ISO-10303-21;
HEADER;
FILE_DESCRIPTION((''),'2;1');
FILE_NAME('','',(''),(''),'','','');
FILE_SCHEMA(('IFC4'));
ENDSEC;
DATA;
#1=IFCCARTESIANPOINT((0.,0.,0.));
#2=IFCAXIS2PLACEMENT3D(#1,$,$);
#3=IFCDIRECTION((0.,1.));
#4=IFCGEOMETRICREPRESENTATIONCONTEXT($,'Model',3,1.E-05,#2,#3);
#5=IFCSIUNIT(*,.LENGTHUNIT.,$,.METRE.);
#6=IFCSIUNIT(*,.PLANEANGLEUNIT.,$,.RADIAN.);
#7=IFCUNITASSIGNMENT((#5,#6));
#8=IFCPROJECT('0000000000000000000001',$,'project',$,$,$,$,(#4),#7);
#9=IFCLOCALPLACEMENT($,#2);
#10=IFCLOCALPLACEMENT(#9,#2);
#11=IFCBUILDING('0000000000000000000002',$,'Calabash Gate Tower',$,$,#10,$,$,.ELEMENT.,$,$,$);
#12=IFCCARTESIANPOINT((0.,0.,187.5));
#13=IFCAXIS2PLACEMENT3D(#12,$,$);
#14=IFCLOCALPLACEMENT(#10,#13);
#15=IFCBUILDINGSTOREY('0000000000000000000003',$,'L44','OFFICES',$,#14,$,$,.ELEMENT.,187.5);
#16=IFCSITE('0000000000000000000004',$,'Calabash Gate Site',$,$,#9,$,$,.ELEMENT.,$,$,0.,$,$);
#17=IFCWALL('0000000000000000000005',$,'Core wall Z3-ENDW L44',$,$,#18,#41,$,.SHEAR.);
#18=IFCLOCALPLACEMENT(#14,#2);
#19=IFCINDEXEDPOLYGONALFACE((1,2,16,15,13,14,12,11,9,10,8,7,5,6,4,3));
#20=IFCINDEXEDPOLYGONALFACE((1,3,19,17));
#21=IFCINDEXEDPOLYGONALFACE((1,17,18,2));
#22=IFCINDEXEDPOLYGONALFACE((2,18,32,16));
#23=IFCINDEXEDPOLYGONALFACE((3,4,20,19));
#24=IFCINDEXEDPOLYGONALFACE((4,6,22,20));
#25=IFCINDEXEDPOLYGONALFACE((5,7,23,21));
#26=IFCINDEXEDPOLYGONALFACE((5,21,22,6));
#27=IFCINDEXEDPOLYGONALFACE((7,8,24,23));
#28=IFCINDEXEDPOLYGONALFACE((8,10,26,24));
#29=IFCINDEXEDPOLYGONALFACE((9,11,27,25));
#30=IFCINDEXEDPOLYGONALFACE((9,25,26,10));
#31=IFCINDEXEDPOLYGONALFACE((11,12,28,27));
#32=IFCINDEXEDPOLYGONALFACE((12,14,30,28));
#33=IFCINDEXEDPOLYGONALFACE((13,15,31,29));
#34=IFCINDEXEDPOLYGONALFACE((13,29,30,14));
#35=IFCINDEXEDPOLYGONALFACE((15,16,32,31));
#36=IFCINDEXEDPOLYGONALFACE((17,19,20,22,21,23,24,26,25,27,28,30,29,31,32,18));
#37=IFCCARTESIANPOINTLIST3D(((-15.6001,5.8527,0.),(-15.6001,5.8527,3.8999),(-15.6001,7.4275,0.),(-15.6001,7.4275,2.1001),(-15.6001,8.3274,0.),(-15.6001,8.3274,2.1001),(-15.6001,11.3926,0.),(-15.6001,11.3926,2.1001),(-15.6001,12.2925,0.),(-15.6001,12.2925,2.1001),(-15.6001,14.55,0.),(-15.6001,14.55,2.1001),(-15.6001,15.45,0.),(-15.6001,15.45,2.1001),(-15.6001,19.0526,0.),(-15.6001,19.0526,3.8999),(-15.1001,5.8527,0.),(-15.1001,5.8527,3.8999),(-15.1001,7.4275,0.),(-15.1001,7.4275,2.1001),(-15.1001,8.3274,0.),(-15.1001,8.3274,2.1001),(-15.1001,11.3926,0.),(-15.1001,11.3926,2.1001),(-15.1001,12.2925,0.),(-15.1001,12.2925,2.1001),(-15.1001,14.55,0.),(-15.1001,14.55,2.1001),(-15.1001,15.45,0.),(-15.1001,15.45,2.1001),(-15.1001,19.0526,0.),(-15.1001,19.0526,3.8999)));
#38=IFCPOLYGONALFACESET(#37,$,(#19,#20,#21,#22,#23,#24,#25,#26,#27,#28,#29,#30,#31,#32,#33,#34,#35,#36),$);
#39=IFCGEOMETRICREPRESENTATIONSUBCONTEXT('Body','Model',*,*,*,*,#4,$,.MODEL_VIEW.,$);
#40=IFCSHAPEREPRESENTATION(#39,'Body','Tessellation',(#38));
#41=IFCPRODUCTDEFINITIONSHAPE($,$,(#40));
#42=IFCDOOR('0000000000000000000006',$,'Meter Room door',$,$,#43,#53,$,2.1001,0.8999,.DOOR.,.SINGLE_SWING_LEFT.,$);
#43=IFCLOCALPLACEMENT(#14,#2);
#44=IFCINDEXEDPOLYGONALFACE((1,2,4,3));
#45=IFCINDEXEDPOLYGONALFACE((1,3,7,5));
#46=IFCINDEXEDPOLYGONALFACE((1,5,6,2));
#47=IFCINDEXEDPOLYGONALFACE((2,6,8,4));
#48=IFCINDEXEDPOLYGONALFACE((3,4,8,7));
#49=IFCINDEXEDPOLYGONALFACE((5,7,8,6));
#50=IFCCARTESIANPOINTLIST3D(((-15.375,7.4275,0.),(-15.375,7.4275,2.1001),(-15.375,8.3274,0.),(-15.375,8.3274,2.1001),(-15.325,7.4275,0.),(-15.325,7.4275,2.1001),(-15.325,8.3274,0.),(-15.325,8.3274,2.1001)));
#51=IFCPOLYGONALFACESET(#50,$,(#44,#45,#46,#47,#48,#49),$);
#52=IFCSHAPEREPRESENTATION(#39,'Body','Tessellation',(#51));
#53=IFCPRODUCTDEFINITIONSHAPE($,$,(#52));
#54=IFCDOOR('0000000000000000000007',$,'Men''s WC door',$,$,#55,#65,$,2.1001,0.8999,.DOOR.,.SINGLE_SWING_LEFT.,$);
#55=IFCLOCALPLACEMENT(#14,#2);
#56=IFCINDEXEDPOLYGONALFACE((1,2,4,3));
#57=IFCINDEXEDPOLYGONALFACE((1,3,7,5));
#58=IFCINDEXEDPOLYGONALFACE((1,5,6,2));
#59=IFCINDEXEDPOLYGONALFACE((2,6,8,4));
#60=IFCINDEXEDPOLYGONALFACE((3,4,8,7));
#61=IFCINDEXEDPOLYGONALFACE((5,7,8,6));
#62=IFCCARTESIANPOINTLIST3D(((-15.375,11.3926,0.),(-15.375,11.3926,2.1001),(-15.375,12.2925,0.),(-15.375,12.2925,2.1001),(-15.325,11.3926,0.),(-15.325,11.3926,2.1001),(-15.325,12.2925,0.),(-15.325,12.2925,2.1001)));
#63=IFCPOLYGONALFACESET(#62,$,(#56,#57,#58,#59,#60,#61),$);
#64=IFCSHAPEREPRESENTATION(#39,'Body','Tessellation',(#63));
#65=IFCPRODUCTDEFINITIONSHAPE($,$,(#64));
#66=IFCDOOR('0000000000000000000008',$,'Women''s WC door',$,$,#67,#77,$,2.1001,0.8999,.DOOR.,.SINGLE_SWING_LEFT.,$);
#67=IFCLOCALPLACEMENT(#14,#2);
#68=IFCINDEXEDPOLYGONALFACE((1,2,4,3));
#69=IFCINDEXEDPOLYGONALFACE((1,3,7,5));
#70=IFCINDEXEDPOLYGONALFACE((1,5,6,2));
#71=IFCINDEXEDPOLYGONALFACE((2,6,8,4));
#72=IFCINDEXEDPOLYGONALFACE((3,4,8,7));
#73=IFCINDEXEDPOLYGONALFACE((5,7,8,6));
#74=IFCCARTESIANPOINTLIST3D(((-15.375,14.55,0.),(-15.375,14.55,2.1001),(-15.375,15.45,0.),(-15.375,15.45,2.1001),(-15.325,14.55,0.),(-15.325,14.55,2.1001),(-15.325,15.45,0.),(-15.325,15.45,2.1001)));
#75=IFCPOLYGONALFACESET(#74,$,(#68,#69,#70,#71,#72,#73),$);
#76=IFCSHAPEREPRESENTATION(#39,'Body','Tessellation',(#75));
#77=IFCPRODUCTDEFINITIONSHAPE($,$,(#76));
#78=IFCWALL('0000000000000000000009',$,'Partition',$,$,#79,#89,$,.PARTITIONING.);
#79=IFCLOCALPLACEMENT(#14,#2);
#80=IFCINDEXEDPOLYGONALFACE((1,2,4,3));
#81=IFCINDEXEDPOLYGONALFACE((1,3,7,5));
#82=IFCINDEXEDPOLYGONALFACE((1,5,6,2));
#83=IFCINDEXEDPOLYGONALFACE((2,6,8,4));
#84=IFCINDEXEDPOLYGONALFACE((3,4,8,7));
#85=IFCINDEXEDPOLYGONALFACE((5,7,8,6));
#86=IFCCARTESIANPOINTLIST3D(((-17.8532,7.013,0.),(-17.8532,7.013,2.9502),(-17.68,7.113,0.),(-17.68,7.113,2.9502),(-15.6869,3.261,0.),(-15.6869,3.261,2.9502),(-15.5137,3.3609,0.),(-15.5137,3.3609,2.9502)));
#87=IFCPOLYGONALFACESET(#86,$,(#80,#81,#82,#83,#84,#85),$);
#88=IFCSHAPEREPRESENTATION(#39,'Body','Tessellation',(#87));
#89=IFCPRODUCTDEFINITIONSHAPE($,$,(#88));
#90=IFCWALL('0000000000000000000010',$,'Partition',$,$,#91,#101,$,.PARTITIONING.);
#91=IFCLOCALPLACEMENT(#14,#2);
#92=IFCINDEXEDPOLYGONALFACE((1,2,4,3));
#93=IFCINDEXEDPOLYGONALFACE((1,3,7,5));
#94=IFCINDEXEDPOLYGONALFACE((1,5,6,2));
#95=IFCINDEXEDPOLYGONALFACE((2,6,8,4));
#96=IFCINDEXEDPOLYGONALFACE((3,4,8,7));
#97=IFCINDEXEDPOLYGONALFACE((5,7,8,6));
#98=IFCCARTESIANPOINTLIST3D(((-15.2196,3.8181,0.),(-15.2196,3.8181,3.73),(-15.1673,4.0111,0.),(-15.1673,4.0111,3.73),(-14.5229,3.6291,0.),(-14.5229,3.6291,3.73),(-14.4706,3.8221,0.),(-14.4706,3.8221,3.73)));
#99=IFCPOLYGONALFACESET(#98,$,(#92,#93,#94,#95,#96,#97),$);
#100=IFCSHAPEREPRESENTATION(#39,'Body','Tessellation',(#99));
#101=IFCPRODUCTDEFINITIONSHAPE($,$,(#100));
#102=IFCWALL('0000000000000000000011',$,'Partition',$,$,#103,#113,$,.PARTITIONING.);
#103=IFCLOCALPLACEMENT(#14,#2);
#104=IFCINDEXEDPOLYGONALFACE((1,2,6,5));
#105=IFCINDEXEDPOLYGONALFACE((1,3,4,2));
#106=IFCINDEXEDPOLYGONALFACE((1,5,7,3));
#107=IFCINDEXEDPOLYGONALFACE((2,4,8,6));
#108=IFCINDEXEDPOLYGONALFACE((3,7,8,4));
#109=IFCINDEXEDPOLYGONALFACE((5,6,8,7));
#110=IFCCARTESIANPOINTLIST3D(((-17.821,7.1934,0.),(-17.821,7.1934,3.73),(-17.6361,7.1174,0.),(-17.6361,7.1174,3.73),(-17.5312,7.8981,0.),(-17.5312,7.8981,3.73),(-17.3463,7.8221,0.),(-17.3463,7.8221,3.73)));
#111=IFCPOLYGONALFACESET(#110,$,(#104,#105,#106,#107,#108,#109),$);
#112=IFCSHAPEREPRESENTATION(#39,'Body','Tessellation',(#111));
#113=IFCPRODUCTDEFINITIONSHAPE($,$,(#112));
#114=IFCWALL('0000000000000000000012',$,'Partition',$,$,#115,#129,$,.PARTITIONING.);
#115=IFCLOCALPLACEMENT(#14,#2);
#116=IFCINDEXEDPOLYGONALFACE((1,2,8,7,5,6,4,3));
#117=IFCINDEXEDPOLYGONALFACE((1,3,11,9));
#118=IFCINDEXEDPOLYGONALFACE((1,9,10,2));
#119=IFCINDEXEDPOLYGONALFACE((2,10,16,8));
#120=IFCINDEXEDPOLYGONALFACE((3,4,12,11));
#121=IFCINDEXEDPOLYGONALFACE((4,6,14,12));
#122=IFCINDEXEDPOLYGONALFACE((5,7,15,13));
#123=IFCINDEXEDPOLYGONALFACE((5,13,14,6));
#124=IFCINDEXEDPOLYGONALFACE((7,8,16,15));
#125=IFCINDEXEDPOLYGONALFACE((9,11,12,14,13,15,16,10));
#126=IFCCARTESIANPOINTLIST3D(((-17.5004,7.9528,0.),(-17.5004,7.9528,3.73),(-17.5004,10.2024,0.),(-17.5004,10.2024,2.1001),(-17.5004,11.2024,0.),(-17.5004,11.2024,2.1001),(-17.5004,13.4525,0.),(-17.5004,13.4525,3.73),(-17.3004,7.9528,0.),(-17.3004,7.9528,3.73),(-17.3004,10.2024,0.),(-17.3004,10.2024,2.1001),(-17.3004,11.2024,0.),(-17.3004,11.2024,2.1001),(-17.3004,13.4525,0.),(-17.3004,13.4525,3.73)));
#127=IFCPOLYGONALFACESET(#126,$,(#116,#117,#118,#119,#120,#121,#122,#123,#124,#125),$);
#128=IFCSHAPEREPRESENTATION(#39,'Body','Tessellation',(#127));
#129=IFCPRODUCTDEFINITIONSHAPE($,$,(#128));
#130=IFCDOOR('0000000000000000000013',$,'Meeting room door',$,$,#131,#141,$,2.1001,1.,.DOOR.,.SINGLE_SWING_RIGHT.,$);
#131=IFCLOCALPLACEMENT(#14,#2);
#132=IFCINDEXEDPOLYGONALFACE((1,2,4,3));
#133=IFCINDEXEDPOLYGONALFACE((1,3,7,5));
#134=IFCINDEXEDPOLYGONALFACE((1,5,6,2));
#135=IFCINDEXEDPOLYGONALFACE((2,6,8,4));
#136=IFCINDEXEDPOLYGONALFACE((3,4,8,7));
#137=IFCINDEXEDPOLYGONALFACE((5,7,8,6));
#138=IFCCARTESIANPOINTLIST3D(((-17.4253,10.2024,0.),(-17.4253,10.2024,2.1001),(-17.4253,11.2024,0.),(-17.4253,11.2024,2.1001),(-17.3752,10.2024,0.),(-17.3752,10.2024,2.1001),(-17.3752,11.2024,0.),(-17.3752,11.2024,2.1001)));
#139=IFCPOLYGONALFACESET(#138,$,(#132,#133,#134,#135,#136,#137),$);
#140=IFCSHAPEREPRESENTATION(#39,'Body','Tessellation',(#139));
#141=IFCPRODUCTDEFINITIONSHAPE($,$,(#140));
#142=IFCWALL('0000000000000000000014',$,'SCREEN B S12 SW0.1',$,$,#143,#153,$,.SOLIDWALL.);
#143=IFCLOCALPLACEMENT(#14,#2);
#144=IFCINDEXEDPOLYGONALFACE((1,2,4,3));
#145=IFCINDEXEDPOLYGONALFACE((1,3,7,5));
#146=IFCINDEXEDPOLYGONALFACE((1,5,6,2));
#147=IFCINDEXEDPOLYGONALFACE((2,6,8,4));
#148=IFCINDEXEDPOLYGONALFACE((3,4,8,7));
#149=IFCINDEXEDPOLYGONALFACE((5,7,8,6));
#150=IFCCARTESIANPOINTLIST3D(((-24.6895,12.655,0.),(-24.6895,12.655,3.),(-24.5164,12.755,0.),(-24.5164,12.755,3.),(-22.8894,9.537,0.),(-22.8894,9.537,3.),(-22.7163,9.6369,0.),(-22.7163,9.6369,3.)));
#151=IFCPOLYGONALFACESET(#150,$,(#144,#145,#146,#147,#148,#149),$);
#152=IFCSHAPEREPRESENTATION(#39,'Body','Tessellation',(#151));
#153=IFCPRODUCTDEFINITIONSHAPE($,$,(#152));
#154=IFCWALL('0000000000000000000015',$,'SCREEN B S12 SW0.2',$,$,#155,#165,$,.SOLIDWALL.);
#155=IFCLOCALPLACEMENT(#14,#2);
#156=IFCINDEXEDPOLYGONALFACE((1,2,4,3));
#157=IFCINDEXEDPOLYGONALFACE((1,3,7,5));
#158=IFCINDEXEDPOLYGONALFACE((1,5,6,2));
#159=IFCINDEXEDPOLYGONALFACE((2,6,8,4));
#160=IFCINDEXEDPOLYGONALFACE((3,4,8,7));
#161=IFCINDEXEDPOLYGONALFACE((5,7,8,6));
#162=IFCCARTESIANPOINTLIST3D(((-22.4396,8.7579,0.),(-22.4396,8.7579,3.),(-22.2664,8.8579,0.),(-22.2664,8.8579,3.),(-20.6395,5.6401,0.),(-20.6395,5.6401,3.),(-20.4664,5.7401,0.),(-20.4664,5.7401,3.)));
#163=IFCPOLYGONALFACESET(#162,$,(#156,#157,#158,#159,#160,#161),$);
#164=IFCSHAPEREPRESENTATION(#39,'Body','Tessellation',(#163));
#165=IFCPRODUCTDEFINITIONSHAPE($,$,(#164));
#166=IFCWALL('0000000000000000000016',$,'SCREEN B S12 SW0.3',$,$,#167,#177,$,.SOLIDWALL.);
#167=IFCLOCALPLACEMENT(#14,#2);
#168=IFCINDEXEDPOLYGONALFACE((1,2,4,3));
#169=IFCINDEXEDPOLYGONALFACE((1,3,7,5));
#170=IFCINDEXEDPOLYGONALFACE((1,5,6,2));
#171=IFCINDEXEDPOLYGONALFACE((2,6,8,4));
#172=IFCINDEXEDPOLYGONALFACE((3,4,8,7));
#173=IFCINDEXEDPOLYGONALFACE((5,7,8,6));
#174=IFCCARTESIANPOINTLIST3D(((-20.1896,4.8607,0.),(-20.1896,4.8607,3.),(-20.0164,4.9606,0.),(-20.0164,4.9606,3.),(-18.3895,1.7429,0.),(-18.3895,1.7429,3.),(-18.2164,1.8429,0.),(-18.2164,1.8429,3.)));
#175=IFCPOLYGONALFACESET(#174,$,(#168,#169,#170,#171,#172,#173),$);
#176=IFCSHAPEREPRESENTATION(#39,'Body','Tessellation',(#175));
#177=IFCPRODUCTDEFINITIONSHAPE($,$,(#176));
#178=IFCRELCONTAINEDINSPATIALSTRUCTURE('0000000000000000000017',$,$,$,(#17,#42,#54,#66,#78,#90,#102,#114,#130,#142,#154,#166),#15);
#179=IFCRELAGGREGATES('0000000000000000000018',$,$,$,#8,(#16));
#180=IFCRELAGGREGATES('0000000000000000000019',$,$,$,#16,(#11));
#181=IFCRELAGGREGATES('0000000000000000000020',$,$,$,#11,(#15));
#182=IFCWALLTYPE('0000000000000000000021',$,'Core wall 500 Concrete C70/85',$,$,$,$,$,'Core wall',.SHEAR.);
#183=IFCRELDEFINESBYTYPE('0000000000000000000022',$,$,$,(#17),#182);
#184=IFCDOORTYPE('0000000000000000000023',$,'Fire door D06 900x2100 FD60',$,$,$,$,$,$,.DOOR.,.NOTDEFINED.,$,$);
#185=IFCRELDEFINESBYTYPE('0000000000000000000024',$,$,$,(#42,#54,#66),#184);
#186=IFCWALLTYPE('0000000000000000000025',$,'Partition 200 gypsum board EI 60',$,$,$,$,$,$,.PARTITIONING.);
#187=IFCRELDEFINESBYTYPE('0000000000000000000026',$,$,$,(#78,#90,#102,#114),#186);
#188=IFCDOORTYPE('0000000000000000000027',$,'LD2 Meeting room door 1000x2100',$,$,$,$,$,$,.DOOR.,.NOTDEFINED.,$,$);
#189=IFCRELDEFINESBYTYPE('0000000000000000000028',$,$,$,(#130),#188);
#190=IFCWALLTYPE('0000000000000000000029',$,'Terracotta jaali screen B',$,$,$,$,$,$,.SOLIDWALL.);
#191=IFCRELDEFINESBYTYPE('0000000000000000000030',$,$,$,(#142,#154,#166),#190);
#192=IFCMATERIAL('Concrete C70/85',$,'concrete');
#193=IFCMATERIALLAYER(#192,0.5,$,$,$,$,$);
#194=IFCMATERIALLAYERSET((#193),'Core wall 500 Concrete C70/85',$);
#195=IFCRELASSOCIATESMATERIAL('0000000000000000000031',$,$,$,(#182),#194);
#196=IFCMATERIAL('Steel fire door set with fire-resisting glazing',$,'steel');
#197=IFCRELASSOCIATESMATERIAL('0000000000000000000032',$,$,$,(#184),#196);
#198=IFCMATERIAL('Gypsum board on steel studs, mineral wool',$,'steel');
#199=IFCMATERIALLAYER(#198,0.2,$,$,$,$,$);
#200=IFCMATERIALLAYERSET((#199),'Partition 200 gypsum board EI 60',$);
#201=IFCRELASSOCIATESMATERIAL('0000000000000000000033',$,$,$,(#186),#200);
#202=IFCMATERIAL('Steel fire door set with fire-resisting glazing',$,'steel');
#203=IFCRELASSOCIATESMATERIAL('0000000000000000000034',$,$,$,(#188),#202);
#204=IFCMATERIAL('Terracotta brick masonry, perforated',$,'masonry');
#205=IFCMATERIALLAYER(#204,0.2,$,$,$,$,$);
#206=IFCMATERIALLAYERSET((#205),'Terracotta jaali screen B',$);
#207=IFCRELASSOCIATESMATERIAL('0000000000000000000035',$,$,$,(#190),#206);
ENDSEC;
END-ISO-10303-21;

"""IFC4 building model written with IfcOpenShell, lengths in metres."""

from ifc_helpers import new_model, si_unit, direction, frame, frame_2d, origin, place, context, subcontext, project, spatial, rectangle, extrude, material, layer, layer_set, type_object, element, fill, save


model = new_model("IFC4")

# Units and contexts
model_context = context("Model", 3, precision=1e-05, world=origin(), true_north=direction((0.0, 1.0)))
body_context = subcontext(model_context, "Body", "Model", "MODEL_VIEW")
ifc_project = project(units=[si_unit("LENGTHUNIT", "METRE"), si_unit("PLANEANGLEUNIT", "RADIAN")], contexts=[model_context])

# Site, building, storey
site_placement = place(None, origin())
site = spatial("IfcSite", under=ifc_project, at=site_placement, Name="Calabash Gate Site", CompositionType="ELEMENT", RefElevation=0.0)
building_placement = place(site_placement, origin())
building = spatial("IfcBuilding", under=site, at=building_placement, Name="Calabash Gate Tower", CompositionType="ELEMENT")
storey_placement = place(building_placement, frame((0.0, 0.0, 187.5)))
storey = spatial("IfcBuildingStorey", under=building, at=storey_placement, Name="L44", Description="OFFICES", CompositionType="ELEMENT", Elevation=187.5)

# Wall, openings, doors
ifc_material_1 = material(Name="Concrete C70/85", Category="concrete")
ifc_layer_1 = layer(ifc_material_1, 0.5)
ifc_layer_set_1 = layer_set([ifc_layer_1], Name="Core wall 500 Concrete C70/85")
wall_type_1 = type_object("IfcWallType", Name="Core wall 500 Concrete C70/85", ElementType="Core wall", PredefinedType="SHEAR", material=ifc_layer_set_1)
wall_1_placement = place(storey_placement, frame((-15.3501, 5.8525, 0.0), z_axis=(0.0, 0.0, 1.0), x_axis=(0.0, 1.0, 0.0)))
wall_1 = element("IfcWall", 1, at=wall_1_placement, inside=storey, type_object=wall_type_1, Name="Core wall Z3-ENDW L44", PredefinedType="SHEAR", context=body_context, shape_type="SweptSolid", body=[
    extrude(rectangle(XDim=13.2, YDim=0.5, at=frame_2d((6.6001, 0.0))), origin(), (0.0, 0.0, 1.0), 3.8999),
])
opening_1_placement = place(wall_1_placement, frame((1.575, 0.0, 0.0)))
opening_1 = element("IfcOpeningElement", 2, at=opening_1_placement, cuts=wall_1, PredefinedType="OPENING", context=body_context, shape_type="SweptSolid", body=[
    extrude(rectangle(XDim=0.8999, YDim=2.1001, at=frame_2d((0.45, 1.05))), frame((0.0, 0.26, 0.0), z_axis=(0.0, -1.0, 0.0), x_axis=(1.0, 0.0, 0.0)), (0.0, 0.0, 1.0), 0.52),
])
opening_2_placement = place(wall_1_placement, frame((5.54, 0.0, 0.0)))
opening_2 = element("IfcOpeningElement", 3, at=opening_2_placement, cuts=wall_1, PredefinedType="OPENING", context=body_context, shape_type="SweptSolid", body=[
    extrude(rectangle(XDim=0.8999, YDim=2.1001, at=frame_2d((0.45, 1.05))), frame((0.0, 0.26, 0.0), z_axis=(0.0, -1.0, 0.0), x_axis=(1.0, 0.0, 0.0)), (0.0, 0.0, 1.0), 0.52),
])
opening_3_placement = place(wall_1_placement, frame((8.6975, 0.0, 0.0)))
opening_3 = element("IfcOpeningElement", 4, at=opening_3_placement, cuts=wall_1, PredefinedType="OPENING", context=body_context, shape_type="SweptSolid", body=[
    extrude(rectangle(XDim=0.8999, YDim=2.1001, at=frame_2d((0.45, 1.05))), frame((0.0, 0.26, 0.0), z_axis=(0.0, -1.0, 0.0), x_axis=(1.0, 0.0, 0.0)), (0.0, 0.0, 1.0), 0.52),
])
ifc_material_2 = material(Name="Steel fire door set with fire-resisting glazing", Category="steel")
door_type_1 = type_object("IfcDoorType", Name="Fire door D06 900x2100 FD60", OperationType="NOTDEFINED", PredefinedType="DOOR", material=ifc_material_2)
door_1_placement = place(opening_1_placement, origin())
door_1 = element("IfcDoor", 5, at=door_1_placement, inside=storey, type_object=door_type_1, Name="Meter Room door", OperationType="SINGLE_SWING_LEFT", OverallHeight=2.1001, OverallWidth=0.8999, PredefinedType="DOOR", context=body_context, shape_type="SweptSolid", body=[
    extrude(rectangle(XDim=0.8999, YDim=2.1001, at=frame_2d((0.45, 1.05))), frame((0.0, 0.0249, 0.0), z_axis=(0.0, -1.0, 0.0), x_axis=(1.0, 0.0, 0.0)), (0.0, 0.0, 1.0), 0.05),
])
fill(opening_1, door_1)
door_2_placement = place(opening_2_placement, origin())
door_2 = element("IfcDoor", 6, at=door_2_placement, inside=storey, type_object=door_type_1, Name="Men's WC door", OperationType="SINGLE_SWING_LEFT", OverallHeight=2.1001, OverallWidth=0.8999, PredefinedType="DOOR", context=body_context, shape_type="SweptSolid", body=[
    extrude(rectangle(XDim=0.8999, YDim=2.1001, at=frame_2d((0.45, 1.05))), frame((0.0, 0.0249, 0.0), z_axis=(0.0, -1.0, 0.0), x_axis=(1.0, 0.0, 0.0)), (0.0, 0.0, 1.0), 0.05),
])
fill(opening_2, door_2)
door_3_placement = place(opening_3_placement, origin())
door_3 = element("IfcDoor", 7, at=door_3_placement, inside=storey, type_object=door_type_1, Name="Women's WC door", OperationType="SINGLE_SWING_LEFT", OverallHeight=2.1001, OverallWidth=0.8999, PredefinedType="DOOR", context=body_context, shape_type="SweptSolid", body=[
    extrude(rectangle(XDim=0.8999, YDim=2.1001, at=frame_2d((0.45, 1.05))), frame((0.0, 0.0249, 0.0), z_axis=(0.0, -1.0, 0.0), x_axis=(1.0, 0.0, 0.0)), (0.0, 0.0, 1.0), 0.05),
])
fill(opening_3, door_3)

# Walls
ifc_material_3 = material(Name="Gypsum board on steel studs, mineral wool", Category="steel")
ifc_layer_2 = layer(ifc_material_3, 0.2)
ifc_layer_set_2 = layer_set([ifc_layer_2], Name="Partition 200 gypsum board EI 60")
wall_type_2 = type_object("IfcWallType", Name="Partition 200 gypsum board EI 60", PredefinedType="PARTITIONING", material=ifc_layer_set_2)
wall_2_placement = place(storey_placement, frame((-17.7666, 7.063, 0.0), z_axis=(0.0, 0.0, 1.0), x_axis=(0.500012, -0.866019, 0.0)))
element("IfcWall", 8, at=wall_2_placement, inside=storey, type_object=wall_type_2, Name="Partition", PredefinedType="PARTITIONING", context=body_context, shape_type="SweptSolid", body=[
    extrude(rectangle(XDim=4.3325, YDim=0.2, at=frame_2d((2.1663, 0.0))), origin(), (0.0, 0.0, 1.0), 2.9502),
])
wall_3_placement = place(storey_placement, frame((-15.1934, 3.9146, 0.0), z_axis=(0.0, 0.0, 1.0), x_axis=(0.965137, -0.261744, 0.0)))
element("IfcWall", 9, at=wall_3_placement, inside=storey, type_object=wall_type_2, Name="Partition", PredefinedType="PARTITIONING", context=body_context, shape_type="SweptSolid", body=[
    extrude(rectangle(XDim=0.7219, YDim=0.2, at=frame_2d((0.3608, 0.0))), origin(), (0.0, 0.0, 1.0), 3.73),
])
wall_4_placement = place(storey_placement, frame((-17.7285, 7.1555, 0.0), z_axis=(0.0, 0.0, 1.0), x_axis=(0.380379, 0.924831, 0.0)))
element("IfcWall", 10, at=wall_4_placement, inside=storey, type_object=wall_type_2, Name="Partition", PredefinedType="PARTITIONING", context=body_context, shape_type="SweptSolid", body=[
    extrude(rectangle(XDim=0.762, YDim=0.2, at=frame_2d((0.3809, 0.0))), origin(), (0.0, 0.0, 1.0), 3.73),
])

# Wall, opening, door
wall_5_placement = place(storey_placement, frame((-17.4004, 7.9526, 0.0), z_axis=(0.0, 0.0, 1.0), x_axis=(0.0, 1.0, 0.0)))
wall_5 = element("IfcWall", 11, at=wall_5_placement, inside=storey, type_object=wall_type_2, Name="Partition", PredefinedType="PARTITIONING", context=body_context, shape_type="SweptSolid", body=[
    extrude(rectangle(XDim=5.4998, YDim=0.2, at=frame_2d((2.75, 0.0))), origin(), (0.0, 0.0, 1.0), 3.73),
])
opening_4_placement = place(wall_5_placement, frame((2.2498, 0.0, 0.0)))
opening_4 = element("IfcOpeningElement", 12, at=opening_4_placement, cuts=wall_5, PredefinedType="OPENING", context=body_context, shape_type="SweptSolid", body=[
    extrude(rectangle(XDim=1.0, YDim=2.1001, at=frame_2d((0.5, 1.05))), frame((0.0, 0.1099, 0.0), z_axis=(0.0, -1.0, 0.0), x_axis=(1.0, 0.0, 0.0)), (0.0, 0.0, 1.0), 0.22),
])
ifc_material_4 = material(Name="Steel fire door set with fire-resisting glazing", Category="steel")
door_type_2 = type_object("IfcDoorType", Name="LD2 Meeting room door 1000x2100", OperationType="NOTDEFINED", PredefinedType="DOOR", material=ifc_material_4)
door_4_placement = place(opening_4_placement, origin())
door_4 = element("IfcDoor", 13, at=door_4_placement, inside=storey, type_object=door_type_2, Name="Meeting room door", OperationType="SINGLE_SWING_RIGHT", OverallHeight=2.1001, OverallWidth=1.0, PredefinedType="DOOR", context=body_context, shape_type="SweptSolid", body=[
    extrude(rectangle(XDim=1.0, YDim=2.1001, at=frame_2d((0.5, 1.05))), frame((0.0, 0.0249, 0.0), z_axis=(0.0, -1.0, 0.0), x_axis=(1.0, 0.0, 0.0)), (0.0, 0.0, 1.0), 0.05),
])
fill(opening_4, door_4)

# Walls
ifc_material_5 = material(Name="Terracotta brick masonry, perforated", Category="masonry")
ifc_layer_3 = layer(ifc_material_5, 0.2)
ifc_layer_set_3 = layer_set([ifc_layer_3], Name="Terracotta jaali screen B")
wall_type_3 = type_object("IfcWallType", Name="Terracotta jaali screen B", PredefinedType="SOLIDWALL", material=ifc_layer_set_3)
wall_6_placement = place(storey_placement, frame((-24.603, 12.7051, 0.0), z_axis=(0.0, 0.0, 1.0), x_axis=(0.499983, -0.866035, 0.0)))
element("IfcWall", 14, at=wall_6_placement, inside=storey, type_object=wall_type_3, Name="SCREEN B S12 SW0.1", PredefinedType="SOLIDWALL", context=body_context, shape_type="SweptSolid", body=[
    extrude(rectangle(XDim=3.6003, YDim=0.2, at=frame_2d((1.8003, 0.0))), origin(), (0.0, 0.0, 1.0), 3.0),
])
for number, where, z_axis, x_axis, name in (
    (15, (-22.353, 8.8079, 0.0), (0.0, 0.0, 1.0), (0.500012, -0.866018, 0.0), "SCREEN B S12 SW0.2"),
    (16, (-20.103, 4.9106, 0.0), (0.0, 0.0, 1.0), (0.500012, -0.866018, 0.0), "SCREEN B S12 SW0.3"),
):
    element("IfcWall", number, at=place(storey_placement, frame(where, z_axis=z_axis, x_axis=x_axis)), inside=storey, type_object=wall_type_3, Name=name, PredefinedType="SOLIDWALL", context=body_context, shape_type="SweptSolid", body=[
        extrude(rectangle(XDim=3.6001, YDim=0.2, at=frame_2d((1.8, 0.0))), origin(), (0.0, 0.0, 1.0), 3.0),
    ])

save(model, "model.ifc")
